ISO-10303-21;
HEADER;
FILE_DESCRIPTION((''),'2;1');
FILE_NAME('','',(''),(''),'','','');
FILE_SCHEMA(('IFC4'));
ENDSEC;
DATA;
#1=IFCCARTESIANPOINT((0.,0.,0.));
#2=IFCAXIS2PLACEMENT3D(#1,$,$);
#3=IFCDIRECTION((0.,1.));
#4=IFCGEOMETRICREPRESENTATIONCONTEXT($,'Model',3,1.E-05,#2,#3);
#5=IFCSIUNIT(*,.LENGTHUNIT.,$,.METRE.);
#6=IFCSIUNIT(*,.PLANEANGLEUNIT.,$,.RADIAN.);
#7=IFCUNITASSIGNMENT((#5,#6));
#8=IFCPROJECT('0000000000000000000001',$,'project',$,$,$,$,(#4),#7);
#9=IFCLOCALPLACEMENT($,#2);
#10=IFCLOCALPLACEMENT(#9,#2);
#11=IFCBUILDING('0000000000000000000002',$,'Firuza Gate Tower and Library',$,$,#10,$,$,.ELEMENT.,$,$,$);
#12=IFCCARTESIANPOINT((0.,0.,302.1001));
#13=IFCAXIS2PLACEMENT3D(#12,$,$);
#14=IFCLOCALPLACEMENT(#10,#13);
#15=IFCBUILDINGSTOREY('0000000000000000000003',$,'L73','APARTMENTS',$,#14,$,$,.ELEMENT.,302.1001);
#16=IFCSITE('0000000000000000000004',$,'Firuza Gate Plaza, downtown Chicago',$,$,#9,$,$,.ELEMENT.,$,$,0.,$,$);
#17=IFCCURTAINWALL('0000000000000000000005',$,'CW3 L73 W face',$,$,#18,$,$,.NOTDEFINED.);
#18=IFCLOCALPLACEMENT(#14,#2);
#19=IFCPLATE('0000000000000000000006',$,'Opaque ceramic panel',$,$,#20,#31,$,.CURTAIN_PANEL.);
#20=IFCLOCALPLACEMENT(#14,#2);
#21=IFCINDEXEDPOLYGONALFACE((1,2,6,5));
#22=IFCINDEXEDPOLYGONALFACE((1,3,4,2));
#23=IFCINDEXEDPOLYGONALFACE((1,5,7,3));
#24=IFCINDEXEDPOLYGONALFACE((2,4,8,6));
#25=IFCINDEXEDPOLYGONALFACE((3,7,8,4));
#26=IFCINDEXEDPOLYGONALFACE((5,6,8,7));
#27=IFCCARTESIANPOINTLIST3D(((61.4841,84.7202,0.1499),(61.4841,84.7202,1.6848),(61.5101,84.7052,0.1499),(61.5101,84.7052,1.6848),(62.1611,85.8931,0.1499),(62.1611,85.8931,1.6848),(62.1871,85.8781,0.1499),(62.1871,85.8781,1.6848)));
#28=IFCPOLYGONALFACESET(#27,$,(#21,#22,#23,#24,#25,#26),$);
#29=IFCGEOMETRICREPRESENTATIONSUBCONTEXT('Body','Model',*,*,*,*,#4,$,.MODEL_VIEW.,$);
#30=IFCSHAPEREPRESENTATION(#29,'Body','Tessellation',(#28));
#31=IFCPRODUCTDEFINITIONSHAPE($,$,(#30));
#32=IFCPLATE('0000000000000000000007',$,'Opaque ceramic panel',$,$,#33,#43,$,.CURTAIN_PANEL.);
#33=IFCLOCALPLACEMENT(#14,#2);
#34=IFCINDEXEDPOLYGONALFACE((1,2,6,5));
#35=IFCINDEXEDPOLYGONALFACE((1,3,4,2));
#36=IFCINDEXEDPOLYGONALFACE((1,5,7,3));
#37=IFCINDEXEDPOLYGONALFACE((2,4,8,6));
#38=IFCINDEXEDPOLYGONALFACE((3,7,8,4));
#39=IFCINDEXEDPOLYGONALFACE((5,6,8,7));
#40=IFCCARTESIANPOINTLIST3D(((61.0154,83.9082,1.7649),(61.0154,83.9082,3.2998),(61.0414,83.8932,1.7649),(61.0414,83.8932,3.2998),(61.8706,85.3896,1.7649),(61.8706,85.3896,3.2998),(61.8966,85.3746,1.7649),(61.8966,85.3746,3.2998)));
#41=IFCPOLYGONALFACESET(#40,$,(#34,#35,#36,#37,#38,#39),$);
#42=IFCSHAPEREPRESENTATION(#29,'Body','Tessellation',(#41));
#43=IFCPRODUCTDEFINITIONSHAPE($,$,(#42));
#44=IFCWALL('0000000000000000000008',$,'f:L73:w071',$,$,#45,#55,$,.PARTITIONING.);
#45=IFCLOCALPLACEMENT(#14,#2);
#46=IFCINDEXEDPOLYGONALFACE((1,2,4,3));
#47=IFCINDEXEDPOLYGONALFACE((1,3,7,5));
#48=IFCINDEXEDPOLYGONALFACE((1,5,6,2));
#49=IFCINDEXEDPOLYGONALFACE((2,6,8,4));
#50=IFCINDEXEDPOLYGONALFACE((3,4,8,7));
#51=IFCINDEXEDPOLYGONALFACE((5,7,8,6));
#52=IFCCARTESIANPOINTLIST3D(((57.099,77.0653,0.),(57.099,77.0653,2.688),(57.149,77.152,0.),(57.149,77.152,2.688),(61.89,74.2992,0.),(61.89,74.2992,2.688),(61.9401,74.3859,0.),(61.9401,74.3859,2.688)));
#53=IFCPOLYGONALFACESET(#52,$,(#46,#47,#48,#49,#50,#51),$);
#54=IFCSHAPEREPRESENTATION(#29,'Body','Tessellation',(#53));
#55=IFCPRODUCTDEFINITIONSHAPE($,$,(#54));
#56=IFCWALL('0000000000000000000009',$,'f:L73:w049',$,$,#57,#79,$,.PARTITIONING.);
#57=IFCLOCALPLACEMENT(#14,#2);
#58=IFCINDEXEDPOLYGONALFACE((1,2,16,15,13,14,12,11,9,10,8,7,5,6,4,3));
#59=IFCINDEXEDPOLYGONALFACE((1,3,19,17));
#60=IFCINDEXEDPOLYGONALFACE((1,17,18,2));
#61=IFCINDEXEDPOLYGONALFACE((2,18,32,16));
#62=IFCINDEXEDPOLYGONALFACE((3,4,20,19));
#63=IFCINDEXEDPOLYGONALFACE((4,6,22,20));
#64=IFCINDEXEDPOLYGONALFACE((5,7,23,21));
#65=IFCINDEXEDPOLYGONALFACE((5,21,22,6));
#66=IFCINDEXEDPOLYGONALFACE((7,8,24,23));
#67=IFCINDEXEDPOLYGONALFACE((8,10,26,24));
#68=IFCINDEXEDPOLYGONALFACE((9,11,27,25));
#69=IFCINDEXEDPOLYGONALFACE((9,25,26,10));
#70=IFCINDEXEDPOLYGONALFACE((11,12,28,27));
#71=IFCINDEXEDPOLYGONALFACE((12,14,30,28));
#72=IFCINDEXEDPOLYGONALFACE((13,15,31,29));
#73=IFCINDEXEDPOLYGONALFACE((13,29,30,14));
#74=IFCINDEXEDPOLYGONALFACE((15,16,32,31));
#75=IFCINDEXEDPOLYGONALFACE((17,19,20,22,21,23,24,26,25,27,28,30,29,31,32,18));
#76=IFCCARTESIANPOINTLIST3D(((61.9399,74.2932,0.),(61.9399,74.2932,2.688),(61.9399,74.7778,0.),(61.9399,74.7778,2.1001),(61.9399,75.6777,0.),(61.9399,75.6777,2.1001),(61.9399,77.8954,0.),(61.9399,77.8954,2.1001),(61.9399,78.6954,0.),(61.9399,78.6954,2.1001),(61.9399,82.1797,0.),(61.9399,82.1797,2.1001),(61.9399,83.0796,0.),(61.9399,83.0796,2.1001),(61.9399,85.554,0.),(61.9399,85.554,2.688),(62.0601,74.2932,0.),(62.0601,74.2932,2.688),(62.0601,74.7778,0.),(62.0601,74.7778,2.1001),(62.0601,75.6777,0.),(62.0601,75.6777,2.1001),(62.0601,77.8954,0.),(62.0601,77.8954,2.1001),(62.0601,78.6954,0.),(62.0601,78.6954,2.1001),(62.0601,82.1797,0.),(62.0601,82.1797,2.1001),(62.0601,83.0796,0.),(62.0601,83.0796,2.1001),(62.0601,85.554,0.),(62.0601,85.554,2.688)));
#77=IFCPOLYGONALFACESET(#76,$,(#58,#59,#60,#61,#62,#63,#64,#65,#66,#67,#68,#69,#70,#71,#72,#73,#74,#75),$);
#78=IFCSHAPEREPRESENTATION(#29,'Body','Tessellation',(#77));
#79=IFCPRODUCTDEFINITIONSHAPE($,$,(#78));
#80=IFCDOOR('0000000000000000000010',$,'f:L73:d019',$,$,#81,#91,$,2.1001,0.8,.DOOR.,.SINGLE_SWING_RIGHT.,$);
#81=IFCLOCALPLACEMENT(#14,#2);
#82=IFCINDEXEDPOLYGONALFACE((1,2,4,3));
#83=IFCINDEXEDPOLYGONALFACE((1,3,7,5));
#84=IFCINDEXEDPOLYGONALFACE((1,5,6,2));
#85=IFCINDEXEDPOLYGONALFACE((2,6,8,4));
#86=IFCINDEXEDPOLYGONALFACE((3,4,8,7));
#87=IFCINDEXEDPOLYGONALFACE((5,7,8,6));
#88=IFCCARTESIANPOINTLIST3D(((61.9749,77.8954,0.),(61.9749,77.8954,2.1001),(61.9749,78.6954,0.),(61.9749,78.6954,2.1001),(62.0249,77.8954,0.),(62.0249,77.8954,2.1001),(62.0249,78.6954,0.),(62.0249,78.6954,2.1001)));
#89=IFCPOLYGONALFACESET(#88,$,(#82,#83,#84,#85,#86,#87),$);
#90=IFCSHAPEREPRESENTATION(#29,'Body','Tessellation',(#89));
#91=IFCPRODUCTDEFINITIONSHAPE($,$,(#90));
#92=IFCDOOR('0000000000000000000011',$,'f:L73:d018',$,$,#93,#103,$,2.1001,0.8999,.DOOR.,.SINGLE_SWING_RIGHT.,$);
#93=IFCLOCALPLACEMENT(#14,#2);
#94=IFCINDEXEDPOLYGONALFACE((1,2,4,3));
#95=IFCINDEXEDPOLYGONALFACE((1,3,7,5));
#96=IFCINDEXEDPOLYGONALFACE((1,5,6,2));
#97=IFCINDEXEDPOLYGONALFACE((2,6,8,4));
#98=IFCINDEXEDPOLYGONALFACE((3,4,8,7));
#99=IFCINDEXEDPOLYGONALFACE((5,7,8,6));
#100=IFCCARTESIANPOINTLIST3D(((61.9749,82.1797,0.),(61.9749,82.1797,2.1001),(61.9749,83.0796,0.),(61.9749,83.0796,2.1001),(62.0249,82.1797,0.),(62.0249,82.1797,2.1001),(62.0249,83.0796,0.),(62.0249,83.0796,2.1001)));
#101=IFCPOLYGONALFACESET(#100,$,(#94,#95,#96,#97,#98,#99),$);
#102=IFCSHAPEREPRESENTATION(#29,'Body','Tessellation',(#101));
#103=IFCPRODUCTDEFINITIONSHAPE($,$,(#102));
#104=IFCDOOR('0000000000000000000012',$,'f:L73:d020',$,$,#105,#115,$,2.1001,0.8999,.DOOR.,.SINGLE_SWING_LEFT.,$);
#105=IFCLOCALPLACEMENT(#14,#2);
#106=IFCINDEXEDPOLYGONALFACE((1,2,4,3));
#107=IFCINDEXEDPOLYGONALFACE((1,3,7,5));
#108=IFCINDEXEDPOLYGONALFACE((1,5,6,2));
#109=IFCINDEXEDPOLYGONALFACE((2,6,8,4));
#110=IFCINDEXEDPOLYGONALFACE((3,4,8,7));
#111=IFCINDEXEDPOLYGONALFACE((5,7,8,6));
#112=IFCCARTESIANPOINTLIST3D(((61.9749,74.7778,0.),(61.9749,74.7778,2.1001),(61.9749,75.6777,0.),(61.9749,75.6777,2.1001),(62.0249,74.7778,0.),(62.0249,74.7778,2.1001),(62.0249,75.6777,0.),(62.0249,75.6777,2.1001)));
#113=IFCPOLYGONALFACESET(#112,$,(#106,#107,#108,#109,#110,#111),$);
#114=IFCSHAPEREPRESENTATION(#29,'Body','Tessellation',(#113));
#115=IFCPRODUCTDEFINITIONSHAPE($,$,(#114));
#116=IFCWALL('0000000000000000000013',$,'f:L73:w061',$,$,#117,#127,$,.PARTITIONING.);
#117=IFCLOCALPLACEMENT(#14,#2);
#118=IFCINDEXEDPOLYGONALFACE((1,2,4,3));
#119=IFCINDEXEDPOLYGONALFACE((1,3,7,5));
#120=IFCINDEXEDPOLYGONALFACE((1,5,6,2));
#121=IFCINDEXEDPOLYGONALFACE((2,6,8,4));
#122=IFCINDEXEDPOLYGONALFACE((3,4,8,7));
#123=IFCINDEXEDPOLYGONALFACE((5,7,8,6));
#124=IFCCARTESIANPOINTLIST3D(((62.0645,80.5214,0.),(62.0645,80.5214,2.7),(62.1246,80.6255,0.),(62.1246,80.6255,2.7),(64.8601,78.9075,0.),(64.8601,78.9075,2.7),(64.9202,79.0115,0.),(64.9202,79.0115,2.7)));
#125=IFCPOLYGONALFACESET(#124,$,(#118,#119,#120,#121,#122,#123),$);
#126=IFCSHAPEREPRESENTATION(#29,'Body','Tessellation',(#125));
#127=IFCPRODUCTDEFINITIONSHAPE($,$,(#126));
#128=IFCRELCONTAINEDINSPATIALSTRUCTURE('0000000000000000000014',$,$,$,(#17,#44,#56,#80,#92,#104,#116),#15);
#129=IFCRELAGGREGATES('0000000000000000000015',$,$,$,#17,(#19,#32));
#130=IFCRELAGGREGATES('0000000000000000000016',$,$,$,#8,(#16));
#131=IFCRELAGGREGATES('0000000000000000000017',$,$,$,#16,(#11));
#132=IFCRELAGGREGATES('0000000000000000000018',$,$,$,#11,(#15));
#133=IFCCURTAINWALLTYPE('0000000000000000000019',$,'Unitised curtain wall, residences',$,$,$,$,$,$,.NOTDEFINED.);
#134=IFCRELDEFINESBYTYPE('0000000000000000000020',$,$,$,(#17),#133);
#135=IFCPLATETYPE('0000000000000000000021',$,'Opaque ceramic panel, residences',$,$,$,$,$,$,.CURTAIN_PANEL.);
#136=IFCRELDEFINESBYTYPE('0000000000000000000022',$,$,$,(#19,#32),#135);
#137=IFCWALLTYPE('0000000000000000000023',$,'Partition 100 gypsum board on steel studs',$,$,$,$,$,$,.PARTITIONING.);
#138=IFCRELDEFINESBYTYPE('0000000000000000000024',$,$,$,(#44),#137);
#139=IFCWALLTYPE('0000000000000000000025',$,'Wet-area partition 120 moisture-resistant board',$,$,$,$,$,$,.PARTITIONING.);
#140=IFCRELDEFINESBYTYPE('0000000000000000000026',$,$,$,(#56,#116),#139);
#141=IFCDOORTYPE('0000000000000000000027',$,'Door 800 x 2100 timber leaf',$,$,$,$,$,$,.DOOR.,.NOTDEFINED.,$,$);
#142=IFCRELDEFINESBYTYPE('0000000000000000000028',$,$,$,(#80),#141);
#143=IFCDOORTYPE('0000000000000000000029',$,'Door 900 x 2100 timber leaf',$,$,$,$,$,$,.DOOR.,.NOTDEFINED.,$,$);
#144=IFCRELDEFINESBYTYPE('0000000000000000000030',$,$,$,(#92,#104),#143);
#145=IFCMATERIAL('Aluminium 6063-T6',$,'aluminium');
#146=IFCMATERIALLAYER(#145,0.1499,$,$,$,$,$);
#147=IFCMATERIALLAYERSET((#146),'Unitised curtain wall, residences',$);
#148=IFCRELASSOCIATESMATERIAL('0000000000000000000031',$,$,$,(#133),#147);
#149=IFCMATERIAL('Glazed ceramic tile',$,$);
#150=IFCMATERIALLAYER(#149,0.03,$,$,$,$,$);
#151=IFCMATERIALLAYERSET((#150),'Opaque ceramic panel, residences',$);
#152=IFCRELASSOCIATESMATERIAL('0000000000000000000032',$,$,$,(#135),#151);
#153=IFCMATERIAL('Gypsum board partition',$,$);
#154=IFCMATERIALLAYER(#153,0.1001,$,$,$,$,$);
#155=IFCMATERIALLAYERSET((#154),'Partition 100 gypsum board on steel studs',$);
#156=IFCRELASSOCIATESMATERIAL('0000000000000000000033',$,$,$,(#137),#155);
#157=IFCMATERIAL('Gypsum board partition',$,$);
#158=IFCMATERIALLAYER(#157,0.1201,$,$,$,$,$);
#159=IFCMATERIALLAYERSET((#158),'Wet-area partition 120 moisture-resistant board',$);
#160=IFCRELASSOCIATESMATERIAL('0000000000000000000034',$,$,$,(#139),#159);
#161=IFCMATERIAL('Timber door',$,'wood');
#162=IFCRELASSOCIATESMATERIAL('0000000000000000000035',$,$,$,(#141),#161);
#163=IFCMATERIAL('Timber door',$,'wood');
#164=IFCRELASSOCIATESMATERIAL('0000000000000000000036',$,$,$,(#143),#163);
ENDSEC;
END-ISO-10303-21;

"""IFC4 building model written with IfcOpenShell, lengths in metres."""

from ifc_helpers import new_model, si_unit, direction, frame, frame_2d, origin, place, context, subcontext, project, spatial, polyline, rectangle, outline, extrude, material, layer, layer_set, type_object, element, fill, aggregate, save


model = new_model("IFC4")

# Units and contexts
model_context = context("Model", 3, precision=1e-05, world=origin(), true_north=direction((0.0, 1.0)))
body_context = subcontext(model_context, "Body", "Model", "MODEL_VIEW")
ifc_project = project(units=[si_unit("LENGTHUNIT", "METRE"), si_unit("PLANEANGLEUNIT", "RADIAN")], contexts=[model_context])

# Site, building, storey
site_placement = place(None, origin())
site = spatial("IfcSite", under=ifc_project, at=site_placement, Name="Firuza Gate Plaza, downtown Chicago", CompositionType="ELEMENT", RefElevation=0.0)
building_placement = place(site_placement, origin())
building = spatial("IfcBuilding", under=site, at=building_placement, Name="Firuza Gate Tower and Library", CompositionType="ELEMENT")
storey_placement = place(building_placement, frame((0.0, 0.0, 302.1001)))
storey = spatial("IfcBuildingStorey", under=building, at=storey_placement, Name="L73", Description="APARTMENTS", CompositionType="ELEMENT", Elevation=302.1001)

# Curtain wall
ifc_material_1 = material(Name="Aluminium 6063-T6", Category="aluminium")
ifc_layer_1 = layer(ifc_material_1, 0.1499)
ifc_layer_set_1 = layer_set([ifc_layer_1], Name="Unitised curtain wall, residences")
curtain_wall_type = type_object("IfcCurtainWallType", Name="Unitised curtain wall, residences", PredefinedType="NOTDEFINED", material=ifc_layer_set_1)
curtain_wall_placement = place(storey_placement, origin())
curtain_wall = element("IfcCurtainWall", 1, at=curtain_wall_placement, inside=storey, type_object=curtain_wall_type, Name="CW3 L73 W face", PredefinedType="NOTDEFINED")

# Plates
ifc_material_2 = material(Name="Glazed ceramic tile")
ifc_layer_2 = layer(ifc_material_2, 0.03)
ifc_layer_set_2 = layer_set([ifc_layer_2], Name="Opaque ceramic panel, residences")
plate_type_1 = type_object("IfcPlateType", Name="Opaque ceramic panel, residences", PredefinedType="CURTAIN_PANEL", material=ifc_layer_set_2)
plate_1_placement = place(storey_placement, frame((62.1611, 85.8931, 0.1499), z_axis=(-0.866072, 0.49992, 0.0), x_axis=(-0.49992, -0.866072, 0.0)))
plate_1 = element("IfcPlate", 2, at=plate_1_placement, type_object=plate_type_1, Name="Opaque ceramic panel", PredefinedType="CURTAIN_PANEL", context=body_context, shape_type="SweptSolid", body=[
    extrude(outline(polyline([(0.0, 0.0), (1.3542, 0.0), (1.3542, 1.5349), (0.0, 1.5349), (0.0, 0.0)])), origin(), (0.0, 0.0, -1.0), 0.03),
])
plate_2_placement = place(storey_placement, frame((61.8706, 85.3896, 1.7649), z_axis=(-0.866048, 0.499961, 0.0), x_axis=(-0.499961, -0.866048, 0.0)))
plate_2 = element("IfcPlate", 3, at=plate_2_placement, type_object=plate_type_1, Name="Opaque ceramic panel", PredefinedType="CURTAIN_PANEL", context=body_context, shape_type="SweptSolid", body=[
    extrude(outline(polyline([(0.0, 0.0), (1.7106, 0.0), (1.7106, 1.5349), (0.0, 1.5349), (0.0, 0.0)])), origin(), (0.0, 0.0, -1.0), 0.03),
])
aggregate(curtain_wall, [plate_1, plate_2])

# Wall
ifc_material_3 = material(Name="Gypsum board partition")
ifc_layer_3 = layer(ifc_material_3, 0.1001)
ifc_layer_set_3 = layer_set([ifc_layer_3], Name="Partition 100 gypsum board on steel studs")
wall_type_1 = type_object("IfcWallType", Name="Partition 100 gypsum board on steel studs", PredefinedType="PARTITIONING", material=ifc_layer_set_3)
wall_1_placement = place(storey_placement, frame((61.915, 74.3425, 0.0), z_axis=(0.0, 0.0, 1.0), x_axis=(-0.866024, 0.500003, 0.0)))
element("IfcWall", 4, at=wall_1_placement, inside=storey, type_object=wall_type_1, Name="f:L73:w071", PredefinedType="PARTITIONING", context=body_context, shape_type="SweptSolid", body=[
    extrude(rectangle(XDim=5.5322, YDim=0.1001, at=frame_2d((2.7661, 0.0))), origin(), (0.0, 0.0, 1.0), 2.688),
])

# Wall, openings, doors
ifc_material_4 = material(Name="Gypsum board partition")
ifc_layer_4 = layer(ifc_material_4, 0.1201)
ifc_layer_set_4 = layer_set([ifc_layer_4], Name="Wet-area partition 120 moisture-resistant board")
wall_type_2 = type_object("IfcWallType", Name="Wet-area partition 120 moisture-resistant board", PredefinedType="PARTITIONING", material=ifc_layer_set_4)
wall_2_placement = place(storey_placement, frame((62.0, 85.554, 0.0), z_axis=(0.0, 0.0, 1.0), x_axis=(0.0, -1.0, 0.0)))
wall_2 = element("IfcWall", 5, at=wall_2_placement, inside=storey, type_object=wall_type_2, Name="f:L73:w049", PredefinedType="PARTITIONING", context=body_context, shape_type="SweptSolid", body=[
    extrude(rectangle(XDim=11.2607, YDim=0.1201, at=frame_2d((5.6304, 0.0))), origin(), (0.0, 0.0, 1.0), 2.688),
])
opening_1_placement = place(wall_2_placement, frame((2.4744, 0.0, 0.0)))
opening_1 = element("IfcOpeningElement", 6, at=opening_1_placement, cuts=wall_2, PredefinedType="OPENING", context=body_context, shape_type="SweptSolid", body=[
    extrude(rectangle(XDim=0.8999, YDim=2.1001, at=frame_2d((0.45, 1.05))), frame((0.0, 0.0701, 0.0), z_axis=(0.0, -1.0, 0.0), x_axis=(1.0, 0.0, 0.0)), (0.0, 0.0, 1.0), 0.1401),
])
opening_2_placement = place(wall_2_placement, frame((6.8586, 0.0, 0.0)))
opening_2 = element("IfcOpeningElement", 7, at=opening_2_placement, cuts=wall_2, PredefinedType="OPENING", context=body_context, shape_type="SweptSolid", body=[
    extrude(rectangle(XDim=0.8, YDim=2.1001, at=frame_2d((0.3999, 1.05))), frame((0.0, 0.0701, 0.0), z_axis=(0.0, -1.0, 0.0), x_axis=(1.0, 0.0, 0.0)), (0.0, 0.0, 1.0), 0.1401),
])
opening_3_placement = place(wall_2_placement, frame((9.8762, 0.0, 0.0)))
opening_3 = element("IfcOpeningElement", 8, at=opening_3_placement, cuts=wall_2, PredefinedType="OPENING", context=body_context, shape_type="SweptSolid", body=[
    extrude(rectangle(XDim=0.8999, YDim=2.1001, at=frame_2d((0.45, 1.05))), frame((0.0, 0.0701, 0.0), z_axis=(0.0, -1.0, 0.0), x_axis=(1.0, 0.0, 0.0)), (0.0, 0.0, 1.0), 0.1401),
])
ifc_material_5 = material(Name="Timber door", Category="wood")
door_type_1 = type_object("IfcDoorType", Name="Door 800 x 2100 timber leaf", OperationType="NOTDEFINED", PredefinedType="DOOR", material=ifc_material_5)
door_1_placement = place(opening_2_placement, origin())
door_1 = element("IfcDoor", 9, at=door_1_placement, inside=storey, type_object=door_type_1, Name="f:L73:d019", OperationType="SINGLE_SWING_RIGHT", OverallHeight=2.1001, OverallWidth=0.8, PredefinedType="DOOR", context=body_context, shape_type="SweptSolid", body=[
    extrude(rectangle(XDim=0.8, YDim=2.1001, at=frame_2d((0.3999, 1.05))), frame((0.0, 0.0249, 0.0), z_axis=(0.0, -1.0, 0.0), x_axis=(1.0, 0.0, 0.0)), (0.0, 0.0, 1.0), 0.05),
])
fill(opening_2, door_1)
ifc_material_6 = material(Name="Timber door", Category="wood")
door_type_2 = type_object("IfcDoorType", Name="Door 900 x 2100 timber leaf", OperationType="NOTDEFINED", PredefinedType="DOOR", material=ifc_material_6)
door_2_placement = place(opening_1_placement, origin())
door_2 = element("IfcDoor", 10, at=door_2_placement, inside=storey, type_object=door_type_2, Name="f:L73:d018", OperationType="SINGLE_SWING_RIGHT", OverallHeight=2.1001, OverallWidth=0.8999, PredefinedType="DOOR", context=body_context, shape_type="SweptSolid", body=[
    extrude(rectangle(XDim=0.8999, YDim=2.1001, at=frame_2d((0.45, 1.05))), frame((0.0, 0.0249, 0.0), z_axis=(0.0, -1.0, 0.0), x_axis=(1.0, 0.0, 0.0)), (0.0, 0.0, 1.0), 0.05),
])
fill(opening_1, door_2)
door_3_placement = place(opening_3_placement, origin())
door_3 = element("IfcDoor", 11, at=door_3_placement, inside=storey, type_object=door_type_2, Name="f:L73:d020", OperationType="SINGLE_SWING_LEFT", OverallHeight=2.1001, OverallWidth=0.8999, PredefinedType="DOOR", context=body_context, shape_type="SweptSolid", body=[
    extrude(rectangle(XDim=0.8999, YDim=2.1001, at=frame_2d((0.45, 1.05))), frame((0.0, 0.0249, 0.0), z_axis=(0.0, -1.0, 0.0), x_axis=(1.0, 0.0, 0.0)), (0.0, 0.0, 1.0), 0.05),
])
fill(opening_3, door_3)

# Wall
wall_3_placement = place(storey_placement, frame((64.8901, 78.9595, 0.0), z_axis=(0.0, 0.0, 1.0), x_axis=(-0.866033, 0.499987, 0.0)))
element("IfcWall", 12, at=wall_3_placement, inside=storey, type_object=wall_type_2, Name="f:L73:w061", PredefinedType="PARTITIONING", context=body_context, shape_type="SweptSolid", body=[
    extrude(rectangle(XDim=3.228, YDim=0.1201, at=frame_2d((1.614, 0.0))), origin(), (0.0, 0.0, 1.0), 2.7),
])

save(model, "model.ifc")
